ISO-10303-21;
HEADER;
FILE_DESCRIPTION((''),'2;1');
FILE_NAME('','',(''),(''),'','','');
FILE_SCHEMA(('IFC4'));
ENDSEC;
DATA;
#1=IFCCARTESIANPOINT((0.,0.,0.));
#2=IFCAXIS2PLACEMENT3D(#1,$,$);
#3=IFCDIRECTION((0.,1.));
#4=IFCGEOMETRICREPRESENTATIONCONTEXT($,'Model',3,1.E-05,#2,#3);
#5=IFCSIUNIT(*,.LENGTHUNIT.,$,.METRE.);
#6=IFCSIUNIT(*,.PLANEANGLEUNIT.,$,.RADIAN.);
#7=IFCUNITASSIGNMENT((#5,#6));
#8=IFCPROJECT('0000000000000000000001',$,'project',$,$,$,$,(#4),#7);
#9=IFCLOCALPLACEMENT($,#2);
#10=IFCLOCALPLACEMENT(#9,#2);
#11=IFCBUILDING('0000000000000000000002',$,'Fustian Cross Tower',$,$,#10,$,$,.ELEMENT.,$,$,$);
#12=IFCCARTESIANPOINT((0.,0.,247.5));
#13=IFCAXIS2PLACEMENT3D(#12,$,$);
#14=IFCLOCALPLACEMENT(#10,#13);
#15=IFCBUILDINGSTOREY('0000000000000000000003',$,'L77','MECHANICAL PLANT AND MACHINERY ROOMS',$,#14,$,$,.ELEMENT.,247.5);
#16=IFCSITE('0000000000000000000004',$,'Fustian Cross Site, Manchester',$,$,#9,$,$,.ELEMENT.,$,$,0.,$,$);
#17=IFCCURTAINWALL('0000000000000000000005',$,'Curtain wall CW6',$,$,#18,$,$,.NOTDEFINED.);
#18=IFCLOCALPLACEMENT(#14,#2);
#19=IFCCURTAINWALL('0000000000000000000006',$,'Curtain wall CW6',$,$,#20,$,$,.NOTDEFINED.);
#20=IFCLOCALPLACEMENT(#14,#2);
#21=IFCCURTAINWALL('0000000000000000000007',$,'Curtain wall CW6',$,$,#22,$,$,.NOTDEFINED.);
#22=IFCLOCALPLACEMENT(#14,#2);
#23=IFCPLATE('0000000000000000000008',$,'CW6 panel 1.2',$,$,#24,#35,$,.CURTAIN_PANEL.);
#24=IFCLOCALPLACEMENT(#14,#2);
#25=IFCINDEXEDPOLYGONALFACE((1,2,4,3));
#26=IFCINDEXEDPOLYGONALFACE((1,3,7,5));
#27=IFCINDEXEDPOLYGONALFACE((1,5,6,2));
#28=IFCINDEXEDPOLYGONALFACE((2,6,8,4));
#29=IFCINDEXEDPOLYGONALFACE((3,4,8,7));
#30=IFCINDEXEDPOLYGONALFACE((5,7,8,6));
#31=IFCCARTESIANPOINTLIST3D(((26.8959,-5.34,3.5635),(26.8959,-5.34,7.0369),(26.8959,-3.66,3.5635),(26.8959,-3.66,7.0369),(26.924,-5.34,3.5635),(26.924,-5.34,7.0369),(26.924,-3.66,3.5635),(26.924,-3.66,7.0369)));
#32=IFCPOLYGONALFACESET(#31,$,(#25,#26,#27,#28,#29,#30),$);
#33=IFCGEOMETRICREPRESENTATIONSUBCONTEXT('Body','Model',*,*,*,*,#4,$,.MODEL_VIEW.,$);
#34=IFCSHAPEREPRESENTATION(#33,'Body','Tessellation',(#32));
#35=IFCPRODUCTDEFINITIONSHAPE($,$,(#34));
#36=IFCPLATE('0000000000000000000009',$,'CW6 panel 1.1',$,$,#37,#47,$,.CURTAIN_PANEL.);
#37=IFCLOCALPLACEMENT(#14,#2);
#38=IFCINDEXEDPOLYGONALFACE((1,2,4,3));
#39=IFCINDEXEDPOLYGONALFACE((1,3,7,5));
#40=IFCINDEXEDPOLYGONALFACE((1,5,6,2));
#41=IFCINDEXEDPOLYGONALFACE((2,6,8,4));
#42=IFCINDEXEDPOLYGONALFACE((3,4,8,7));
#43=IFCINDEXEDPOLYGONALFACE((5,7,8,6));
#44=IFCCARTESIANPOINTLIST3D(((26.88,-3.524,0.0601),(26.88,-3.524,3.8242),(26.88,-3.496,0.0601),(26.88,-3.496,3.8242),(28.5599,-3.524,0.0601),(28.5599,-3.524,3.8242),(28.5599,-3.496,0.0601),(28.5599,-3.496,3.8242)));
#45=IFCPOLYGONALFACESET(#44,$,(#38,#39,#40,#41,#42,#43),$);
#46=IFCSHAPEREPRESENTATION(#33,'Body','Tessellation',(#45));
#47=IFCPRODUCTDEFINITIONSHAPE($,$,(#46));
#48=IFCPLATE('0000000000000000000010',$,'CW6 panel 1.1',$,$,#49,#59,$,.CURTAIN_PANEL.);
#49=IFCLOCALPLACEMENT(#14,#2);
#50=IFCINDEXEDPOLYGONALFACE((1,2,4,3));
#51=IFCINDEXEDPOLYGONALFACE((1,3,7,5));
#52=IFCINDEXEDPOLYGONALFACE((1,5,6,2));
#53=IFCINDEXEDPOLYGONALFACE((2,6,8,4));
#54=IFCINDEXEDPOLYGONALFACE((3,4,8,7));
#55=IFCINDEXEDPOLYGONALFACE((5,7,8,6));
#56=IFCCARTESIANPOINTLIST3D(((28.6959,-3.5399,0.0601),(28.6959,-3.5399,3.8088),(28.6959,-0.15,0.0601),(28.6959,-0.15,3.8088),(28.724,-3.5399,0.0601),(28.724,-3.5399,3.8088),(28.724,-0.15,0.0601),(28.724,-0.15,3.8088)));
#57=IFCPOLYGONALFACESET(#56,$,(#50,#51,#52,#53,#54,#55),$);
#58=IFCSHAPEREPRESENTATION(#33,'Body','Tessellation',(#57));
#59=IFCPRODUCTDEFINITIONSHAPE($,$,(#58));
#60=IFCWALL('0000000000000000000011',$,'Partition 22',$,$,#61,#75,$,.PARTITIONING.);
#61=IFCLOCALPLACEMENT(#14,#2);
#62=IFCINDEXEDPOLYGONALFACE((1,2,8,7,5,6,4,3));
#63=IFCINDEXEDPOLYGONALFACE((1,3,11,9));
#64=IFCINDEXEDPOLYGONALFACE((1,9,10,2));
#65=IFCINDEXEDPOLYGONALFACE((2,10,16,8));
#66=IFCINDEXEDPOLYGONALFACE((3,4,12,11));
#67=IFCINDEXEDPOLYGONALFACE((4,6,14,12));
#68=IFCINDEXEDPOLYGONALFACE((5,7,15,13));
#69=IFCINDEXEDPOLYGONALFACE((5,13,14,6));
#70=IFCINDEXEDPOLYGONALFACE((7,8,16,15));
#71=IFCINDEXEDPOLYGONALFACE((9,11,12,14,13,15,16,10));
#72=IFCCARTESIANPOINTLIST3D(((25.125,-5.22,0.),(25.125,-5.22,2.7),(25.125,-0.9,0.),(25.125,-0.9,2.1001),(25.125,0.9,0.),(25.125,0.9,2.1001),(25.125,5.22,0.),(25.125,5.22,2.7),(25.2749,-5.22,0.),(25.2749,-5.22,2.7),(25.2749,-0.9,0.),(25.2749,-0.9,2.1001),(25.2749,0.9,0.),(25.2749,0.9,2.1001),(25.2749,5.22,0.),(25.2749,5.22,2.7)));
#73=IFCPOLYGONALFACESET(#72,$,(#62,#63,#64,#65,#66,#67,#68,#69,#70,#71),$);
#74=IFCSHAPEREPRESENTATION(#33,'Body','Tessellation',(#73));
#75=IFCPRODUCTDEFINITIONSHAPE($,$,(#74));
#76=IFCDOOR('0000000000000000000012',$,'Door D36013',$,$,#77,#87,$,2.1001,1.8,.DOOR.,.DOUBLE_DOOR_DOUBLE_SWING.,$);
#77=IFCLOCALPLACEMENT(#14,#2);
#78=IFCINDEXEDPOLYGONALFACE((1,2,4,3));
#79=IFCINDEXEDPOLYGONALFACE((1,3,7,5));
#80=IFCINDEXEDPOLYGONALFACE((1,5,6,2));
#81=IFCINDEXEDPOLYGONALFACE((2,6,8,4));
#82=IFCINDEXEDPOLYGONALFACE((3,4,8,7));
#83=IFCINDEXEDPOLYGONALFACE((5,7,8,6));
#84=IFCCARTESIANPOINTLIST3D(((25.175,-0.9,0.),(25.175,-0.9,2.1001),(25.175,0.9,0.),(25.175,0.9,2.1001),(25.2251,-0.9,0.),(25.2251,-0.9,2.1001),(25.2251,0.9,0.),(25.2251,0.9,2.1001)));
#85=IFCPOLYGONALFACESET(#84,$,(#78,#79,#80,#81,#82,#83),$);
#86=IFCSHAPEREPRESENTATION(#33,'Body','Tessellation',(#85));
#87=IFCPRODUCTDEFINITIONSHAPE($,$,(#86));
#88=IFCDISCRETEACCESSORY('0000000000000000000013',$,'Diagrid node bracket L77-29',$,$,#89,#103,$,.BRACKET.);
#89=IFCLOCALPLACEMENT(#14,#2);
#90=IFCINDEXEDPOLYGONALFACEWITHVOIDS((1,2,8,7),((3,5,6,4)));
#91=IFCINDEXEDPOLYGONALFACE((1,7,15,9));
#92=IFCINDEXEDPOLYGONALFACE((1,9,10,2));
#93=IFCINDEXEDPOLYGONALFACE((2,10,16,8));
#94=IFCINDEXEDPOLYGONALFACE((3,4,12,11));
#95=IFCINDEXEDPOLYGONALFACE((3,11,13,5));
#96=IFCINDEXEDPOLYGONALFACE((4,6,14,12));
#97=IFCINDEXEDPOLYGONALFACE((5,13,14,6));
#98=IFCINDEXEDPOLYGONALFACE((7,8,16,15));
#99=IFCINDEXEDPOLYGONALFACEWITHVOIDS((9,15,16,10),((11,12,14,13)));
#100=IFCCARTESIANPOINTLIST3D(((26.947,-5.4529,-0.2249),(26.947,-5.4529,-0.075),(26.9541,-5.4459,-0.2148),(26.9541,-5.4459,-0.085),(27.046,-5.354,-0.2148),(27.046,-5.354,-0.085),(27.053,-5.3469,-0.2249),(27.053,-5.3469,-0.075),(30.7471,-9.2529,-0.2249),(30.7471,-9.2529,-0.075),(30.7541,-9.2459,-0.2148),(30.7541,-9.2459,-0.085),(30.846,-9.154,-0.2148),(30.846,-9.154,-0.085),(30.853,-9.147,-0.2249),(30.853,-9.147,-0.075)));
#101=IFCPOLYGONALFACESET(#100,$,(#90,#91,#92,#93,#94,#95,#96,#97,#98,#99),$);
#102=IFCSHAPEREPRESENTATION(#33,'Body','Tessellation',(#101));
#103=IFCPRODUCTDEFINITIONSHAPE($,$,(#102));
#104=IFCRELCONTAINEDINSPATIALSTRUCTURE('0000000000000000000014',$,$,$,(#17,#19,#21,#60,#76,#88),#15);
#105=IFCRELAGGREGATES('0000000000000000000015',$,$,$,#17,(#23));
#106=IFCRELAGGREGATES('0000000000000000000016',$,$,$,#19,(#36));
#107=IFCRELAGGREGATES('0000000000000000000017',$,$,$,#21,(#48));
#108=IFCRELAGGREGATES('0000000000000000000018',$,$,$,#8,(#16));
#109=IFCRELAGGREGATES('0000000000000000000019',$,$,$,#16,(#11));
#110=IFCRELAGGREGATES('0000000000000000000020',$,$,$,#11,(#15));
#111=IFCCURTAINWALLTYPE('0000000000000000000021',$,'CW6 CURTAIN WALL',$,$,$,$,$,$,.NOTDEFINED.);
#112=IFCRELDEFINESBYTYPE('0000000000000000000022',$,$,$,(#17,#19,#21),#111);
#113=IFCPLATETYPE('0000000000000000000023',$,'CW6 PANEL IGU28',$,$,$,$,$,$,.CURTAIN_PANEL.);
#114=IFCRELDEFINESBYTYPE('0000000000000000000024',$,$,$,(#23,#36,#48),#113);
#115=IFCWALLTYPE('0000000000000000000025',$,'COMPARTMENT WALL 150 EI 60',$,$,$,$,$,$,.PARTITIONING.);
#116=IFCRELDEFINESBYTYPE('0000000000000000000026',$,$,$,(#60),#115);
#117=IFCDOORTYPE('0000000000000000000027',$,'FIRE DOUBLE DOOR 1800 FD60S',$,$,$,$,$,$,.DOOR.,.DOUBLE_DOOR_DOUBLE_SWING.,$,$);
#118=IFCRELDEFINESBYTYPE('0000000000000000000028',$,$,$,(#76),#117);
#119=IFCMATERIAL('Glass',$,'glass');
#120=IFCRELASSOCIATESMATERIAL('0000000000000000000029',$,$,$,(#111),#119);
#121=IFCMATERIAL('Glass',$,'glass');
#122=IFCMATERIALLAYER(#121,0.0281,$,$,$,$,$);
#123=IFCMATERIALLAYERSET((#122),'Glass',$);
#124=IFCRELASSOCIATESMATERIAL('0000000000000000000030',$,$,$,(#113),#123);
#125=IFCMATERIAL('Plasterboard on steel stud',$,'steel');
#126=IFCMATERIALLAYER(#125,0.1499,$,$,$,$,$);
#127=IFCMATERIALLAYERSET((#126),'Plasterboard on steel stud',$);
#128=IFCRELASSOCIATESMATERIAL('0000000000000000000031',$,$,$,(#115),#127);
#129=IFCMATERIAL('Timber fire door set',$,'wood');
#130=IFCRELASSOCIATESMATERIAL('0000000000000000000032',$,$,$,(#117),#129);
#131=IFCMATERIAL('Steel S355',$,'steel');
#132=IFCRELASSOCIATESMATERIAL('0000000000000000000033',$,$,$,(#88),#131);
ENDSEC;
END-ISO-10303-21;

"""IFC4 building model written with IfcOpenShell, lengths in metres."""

from ifc_helpers import new_model, si_unit, direction, frame, frame_2d, origin, origin_2d, place, context, subcontext, project, spatial, rectangle, hollow_rectangle, extrude, material, layer, layer_set, type_object, element, fill, aggregate, save


model = new_model("IFC4")

# Units and contexts
model_context = context("Model", 3, precision=1e-05, world=origin(), true_north=direction((0.0, 1.0)))
body_context = subcontext(model_context, "Body", "Model", "MODEL_VIEW")
ifc_project = project(units=[si_unit("LENGTHUNIT", "METRE"), si_unit("PLANEANGLEUNIT", "RADIAN")], contexts=[model_context])

# Site, building, storey
site_placement = place(None, origin())
site = spatial("IfcSite", under=ifc_project, at=site_placement, Name="Fustian Cross Site, Manchester", CompositionType="ELEMENT", RefElevation=0.0)
building_placement = place(site_placement, origin())
building = spatial("IfcBuilding", under=site, at=building_placement, Name="Fustian Cross Tower", CompositionType="ELEMENT")
storey_placement = place(building_placement, frame((0.0, 0.0, 247.5)))
storey = spatial("IfcBuildingStorey", under=building, at=storey_placement, Name="L77", Description="MECHANICAL PLANT AND MACHINERY ROOMS", CompositionType="ELEMENT", Elevation=247.5)

# Shared definitions
ifc_material_1 = material(Name="Glass", Category="glass")
curtain_wall_type = type_object("IfcCurtainWallType", Name="CW6 CURTAIN WALL", PredefinedType="NOTDEFINED", material=ifc_material_1)

# Curtain walls
curtain_wall_1_placement = place(storey_placement, origin())
curtain_wall_1 = element("IfcCurtainWall", 1, at=curtain_wall_1_placement, inside=storey, type_object=curtain_wall_type, Name="Curtain wall CW6", PredefinedType="NOTDEFINED")
curtain_wall_2_placement = place(storey_placement, origin())
curtain_wall_2 = element("IfcCurtainWall", 2, at=curtain_wall_2_placement, inside=storey, type_object=curtain_wall_type, Name="Curtain wall CW6", PredefinedType="NOTDEFINED")
curtain_wall_3_placement = place(storey_placement, origin())
curtain_wall_3 = element("IfcCurtainWall", 3, at=curtain_wall_3_placement, inside=storey, type_object=curtain_wall_type, Name="Curtain wall CW6", PredefinedType="NOTDEFINED")

# Plates
ifc_material_2 = material(Name="Glass", Category="glass")
ifc_layer_1 = layer(ifc_material_2, 0.0281)
ifc_layer_set_1 = layer_set([ifc_layer_1], Name="Glass")
plate_type = type_object("IfcPlateType", Name="CW6 PANEL IGU28", PredefinedType="CURTAIN_PANEL", material=ifc_layer_set_1)
plate_1_placement = place(storey_placement, frame((26.9099, -4.5, 3.5635), z_axis=(0.0, 0.0, 1.0), x_axis=(0.0, 1.0, 0.0)))
plate_1 = element("IfcPlate", 4, at=plate_1_placement, type_object=plate_type, Name="CW6 panel 1.2", PredefinedType="CURTAIN_PANEL", context=body_context, shape_type="SweptSolid", body=[
    extrude(rectangle(XDim=1.6799, YDim=0.0281, at=origin_2d()), origin(), (0.0, 0.0, 1.0), 3.4734),
])
aggregate(curtain_wall_1, [plate_1])
plate_2_placement = place(storey_placement, frame((27.72, -3.51, 0.0601), z_axis=(0.0, 0.0, 1.0), x_axis=(1.0, 0.0, 0.0)))
plate_2 = element("IfcPlate", 5, at=plate_2_placement, type_object=plate_type, Name="CW6 panel 1.1", PredefinedType="CURTAIN_PANEL", context=body_context, shape_type="SweptSolid", body=[
    extrude(rectangle(XDim=1.6799, YDim=0.0281, at=origin_2d()), origin(), (0.0, 0.0, 1.0), 3.7642),
])
aggregate(curtain_wall_2, [plate_2])
plate_3_placement = place(storey_placement, frame((28.71, -1.845, 0.0601), z_axis=(0.0, 0.0, 1.0), x_axis=(0.0, 1.0, 0.0)))
plate_3 = element("IfcPlate", 6, at=plate_3_placement, type_object=plate_type, Name="CW6 panel 1.1", PredefinedType="CURTAIN_PANEL", context=body_context, shape_type="SweptSolid", body=[
    extrude(rectangle(XDim=3.3899, YDim=0.0281, at=origin_2d()), origin(), (0.0, 0.0, 1.0), 3.7488),
])
aggregate(curtain_wall_3, [plate_3])

# Wall, opening, door
ifc_material_3 = material(Name="Plasterboard on steel stud", Category="steel")
ifc_layer_2 = layer(ifc_material_3, 0.1499)
ifc_layer_set_2 = layer_set([ifc_layer_2], Name="Plasterboard on steel stud")
wall_type = type_object("IfcWallType", Name="COMPARTMENT WALL 150 EI 60", PredefinedType="PARTITIONING", material=ifc_layer_set_2)
wall_placement = place(storey_placement, frame((25.2, -5.22, 0.0), z_axis=(0.0, 0.0, 1.0), x_axis=(0.0, 1.0, 0.0)))
wall = element("IfcWall", 7, at=wall_placement, inside=storey, type_object=wall_type, Name="Partition 22", PredefinedType="PARTITIONING", context=body_context, shape_type="SweptSolid", body=[
    extrude(rectangle(XDim=10.4399, YDim=0.1499, at=frame_2d((5.22, 0.0))), origin(), (0.0, 0.0, 1.0), 2.7),
])
opening_placement = place(wall_placement, frame((4.3201, 0.0, 0.0)))
opening = element("IfcOpeningElement", 8, at=opening_placement, cuts=wall, PredefinedType="OPENING", context=body_context, shape_type="SweptSolid", body=[
    extrude(rectangle(XDim=1.8, YDim=2.1001, at=frame_2d((0.8999, 1.05))), frame((0.0, 0.085, 0.0), z_axis=(0.0, -1.0, 0.0), x_axis=(1.0, 0.0, 0.0)), (0.0, 0.0, 1.0), 0.1699),
])
ifc_material_4 = material(Name="Timber fire door set", Category="wood")
door_type = type_object("IfcDoorType", Name="FIRE DOUBLE DOOR 1800 FD60S", OperationType="DOUBLE_DOOR_DOUBLE_SWING", PredefinedType="DOOR", material=ifc_material_4)
door_placement = place(opening_placement, origin())
door = element("IfcDoor", 9, at=door_placement, inside=storey, type_object=door_type, Name="Door D36013", OperationType="DOUBLE_DOOR_DOUBLE_SWING", OverallHeight=2.1001, OverallWidth=1.8, PredefinedType="DOOR", context=body_context, shape_type="SweptSolid", body=[
    extrude(rectangle(XDim=1.8, YDim=2.1001, at=frame_2d((0.8999, 1.05))), frame((0.0, 0.0249, 0.0), z_axis=(0.0, -1.0, 0.0), x_axis=(1.0, 0.0, 0.0)), (0.0, 0.0, 1.0), 0.05),
])
fill(opening, door)

# Discrete accessory
ifc_material_5 = material(Name="Steel S355", Category="steel")
discrete_accessory_placement = place(storey_placement, frame((30.8, -9.2, -0.1499), z_axis=(-0.707107, 0.707107, 0.0), x_axis=(-0.707107, -0.707107, 0.0)))
element("IfcDiscreteAccessory", 10, at=discrete_accessory_placement, inside=storey, material=ifc_material_5, Name="Diagrid node bracket L77-29", PredefinedType="BRACKET", context=body_context, shape_type="SweptSolid", body=[
    extrude(hollow_rectangle(XDim=0.1499, YDim=0.1499, WallThickness=0.01, at=origin_2d()), origin(), (0.0, 0.0, 1.0), 5.374),
])

save(model, "model.ifc")
